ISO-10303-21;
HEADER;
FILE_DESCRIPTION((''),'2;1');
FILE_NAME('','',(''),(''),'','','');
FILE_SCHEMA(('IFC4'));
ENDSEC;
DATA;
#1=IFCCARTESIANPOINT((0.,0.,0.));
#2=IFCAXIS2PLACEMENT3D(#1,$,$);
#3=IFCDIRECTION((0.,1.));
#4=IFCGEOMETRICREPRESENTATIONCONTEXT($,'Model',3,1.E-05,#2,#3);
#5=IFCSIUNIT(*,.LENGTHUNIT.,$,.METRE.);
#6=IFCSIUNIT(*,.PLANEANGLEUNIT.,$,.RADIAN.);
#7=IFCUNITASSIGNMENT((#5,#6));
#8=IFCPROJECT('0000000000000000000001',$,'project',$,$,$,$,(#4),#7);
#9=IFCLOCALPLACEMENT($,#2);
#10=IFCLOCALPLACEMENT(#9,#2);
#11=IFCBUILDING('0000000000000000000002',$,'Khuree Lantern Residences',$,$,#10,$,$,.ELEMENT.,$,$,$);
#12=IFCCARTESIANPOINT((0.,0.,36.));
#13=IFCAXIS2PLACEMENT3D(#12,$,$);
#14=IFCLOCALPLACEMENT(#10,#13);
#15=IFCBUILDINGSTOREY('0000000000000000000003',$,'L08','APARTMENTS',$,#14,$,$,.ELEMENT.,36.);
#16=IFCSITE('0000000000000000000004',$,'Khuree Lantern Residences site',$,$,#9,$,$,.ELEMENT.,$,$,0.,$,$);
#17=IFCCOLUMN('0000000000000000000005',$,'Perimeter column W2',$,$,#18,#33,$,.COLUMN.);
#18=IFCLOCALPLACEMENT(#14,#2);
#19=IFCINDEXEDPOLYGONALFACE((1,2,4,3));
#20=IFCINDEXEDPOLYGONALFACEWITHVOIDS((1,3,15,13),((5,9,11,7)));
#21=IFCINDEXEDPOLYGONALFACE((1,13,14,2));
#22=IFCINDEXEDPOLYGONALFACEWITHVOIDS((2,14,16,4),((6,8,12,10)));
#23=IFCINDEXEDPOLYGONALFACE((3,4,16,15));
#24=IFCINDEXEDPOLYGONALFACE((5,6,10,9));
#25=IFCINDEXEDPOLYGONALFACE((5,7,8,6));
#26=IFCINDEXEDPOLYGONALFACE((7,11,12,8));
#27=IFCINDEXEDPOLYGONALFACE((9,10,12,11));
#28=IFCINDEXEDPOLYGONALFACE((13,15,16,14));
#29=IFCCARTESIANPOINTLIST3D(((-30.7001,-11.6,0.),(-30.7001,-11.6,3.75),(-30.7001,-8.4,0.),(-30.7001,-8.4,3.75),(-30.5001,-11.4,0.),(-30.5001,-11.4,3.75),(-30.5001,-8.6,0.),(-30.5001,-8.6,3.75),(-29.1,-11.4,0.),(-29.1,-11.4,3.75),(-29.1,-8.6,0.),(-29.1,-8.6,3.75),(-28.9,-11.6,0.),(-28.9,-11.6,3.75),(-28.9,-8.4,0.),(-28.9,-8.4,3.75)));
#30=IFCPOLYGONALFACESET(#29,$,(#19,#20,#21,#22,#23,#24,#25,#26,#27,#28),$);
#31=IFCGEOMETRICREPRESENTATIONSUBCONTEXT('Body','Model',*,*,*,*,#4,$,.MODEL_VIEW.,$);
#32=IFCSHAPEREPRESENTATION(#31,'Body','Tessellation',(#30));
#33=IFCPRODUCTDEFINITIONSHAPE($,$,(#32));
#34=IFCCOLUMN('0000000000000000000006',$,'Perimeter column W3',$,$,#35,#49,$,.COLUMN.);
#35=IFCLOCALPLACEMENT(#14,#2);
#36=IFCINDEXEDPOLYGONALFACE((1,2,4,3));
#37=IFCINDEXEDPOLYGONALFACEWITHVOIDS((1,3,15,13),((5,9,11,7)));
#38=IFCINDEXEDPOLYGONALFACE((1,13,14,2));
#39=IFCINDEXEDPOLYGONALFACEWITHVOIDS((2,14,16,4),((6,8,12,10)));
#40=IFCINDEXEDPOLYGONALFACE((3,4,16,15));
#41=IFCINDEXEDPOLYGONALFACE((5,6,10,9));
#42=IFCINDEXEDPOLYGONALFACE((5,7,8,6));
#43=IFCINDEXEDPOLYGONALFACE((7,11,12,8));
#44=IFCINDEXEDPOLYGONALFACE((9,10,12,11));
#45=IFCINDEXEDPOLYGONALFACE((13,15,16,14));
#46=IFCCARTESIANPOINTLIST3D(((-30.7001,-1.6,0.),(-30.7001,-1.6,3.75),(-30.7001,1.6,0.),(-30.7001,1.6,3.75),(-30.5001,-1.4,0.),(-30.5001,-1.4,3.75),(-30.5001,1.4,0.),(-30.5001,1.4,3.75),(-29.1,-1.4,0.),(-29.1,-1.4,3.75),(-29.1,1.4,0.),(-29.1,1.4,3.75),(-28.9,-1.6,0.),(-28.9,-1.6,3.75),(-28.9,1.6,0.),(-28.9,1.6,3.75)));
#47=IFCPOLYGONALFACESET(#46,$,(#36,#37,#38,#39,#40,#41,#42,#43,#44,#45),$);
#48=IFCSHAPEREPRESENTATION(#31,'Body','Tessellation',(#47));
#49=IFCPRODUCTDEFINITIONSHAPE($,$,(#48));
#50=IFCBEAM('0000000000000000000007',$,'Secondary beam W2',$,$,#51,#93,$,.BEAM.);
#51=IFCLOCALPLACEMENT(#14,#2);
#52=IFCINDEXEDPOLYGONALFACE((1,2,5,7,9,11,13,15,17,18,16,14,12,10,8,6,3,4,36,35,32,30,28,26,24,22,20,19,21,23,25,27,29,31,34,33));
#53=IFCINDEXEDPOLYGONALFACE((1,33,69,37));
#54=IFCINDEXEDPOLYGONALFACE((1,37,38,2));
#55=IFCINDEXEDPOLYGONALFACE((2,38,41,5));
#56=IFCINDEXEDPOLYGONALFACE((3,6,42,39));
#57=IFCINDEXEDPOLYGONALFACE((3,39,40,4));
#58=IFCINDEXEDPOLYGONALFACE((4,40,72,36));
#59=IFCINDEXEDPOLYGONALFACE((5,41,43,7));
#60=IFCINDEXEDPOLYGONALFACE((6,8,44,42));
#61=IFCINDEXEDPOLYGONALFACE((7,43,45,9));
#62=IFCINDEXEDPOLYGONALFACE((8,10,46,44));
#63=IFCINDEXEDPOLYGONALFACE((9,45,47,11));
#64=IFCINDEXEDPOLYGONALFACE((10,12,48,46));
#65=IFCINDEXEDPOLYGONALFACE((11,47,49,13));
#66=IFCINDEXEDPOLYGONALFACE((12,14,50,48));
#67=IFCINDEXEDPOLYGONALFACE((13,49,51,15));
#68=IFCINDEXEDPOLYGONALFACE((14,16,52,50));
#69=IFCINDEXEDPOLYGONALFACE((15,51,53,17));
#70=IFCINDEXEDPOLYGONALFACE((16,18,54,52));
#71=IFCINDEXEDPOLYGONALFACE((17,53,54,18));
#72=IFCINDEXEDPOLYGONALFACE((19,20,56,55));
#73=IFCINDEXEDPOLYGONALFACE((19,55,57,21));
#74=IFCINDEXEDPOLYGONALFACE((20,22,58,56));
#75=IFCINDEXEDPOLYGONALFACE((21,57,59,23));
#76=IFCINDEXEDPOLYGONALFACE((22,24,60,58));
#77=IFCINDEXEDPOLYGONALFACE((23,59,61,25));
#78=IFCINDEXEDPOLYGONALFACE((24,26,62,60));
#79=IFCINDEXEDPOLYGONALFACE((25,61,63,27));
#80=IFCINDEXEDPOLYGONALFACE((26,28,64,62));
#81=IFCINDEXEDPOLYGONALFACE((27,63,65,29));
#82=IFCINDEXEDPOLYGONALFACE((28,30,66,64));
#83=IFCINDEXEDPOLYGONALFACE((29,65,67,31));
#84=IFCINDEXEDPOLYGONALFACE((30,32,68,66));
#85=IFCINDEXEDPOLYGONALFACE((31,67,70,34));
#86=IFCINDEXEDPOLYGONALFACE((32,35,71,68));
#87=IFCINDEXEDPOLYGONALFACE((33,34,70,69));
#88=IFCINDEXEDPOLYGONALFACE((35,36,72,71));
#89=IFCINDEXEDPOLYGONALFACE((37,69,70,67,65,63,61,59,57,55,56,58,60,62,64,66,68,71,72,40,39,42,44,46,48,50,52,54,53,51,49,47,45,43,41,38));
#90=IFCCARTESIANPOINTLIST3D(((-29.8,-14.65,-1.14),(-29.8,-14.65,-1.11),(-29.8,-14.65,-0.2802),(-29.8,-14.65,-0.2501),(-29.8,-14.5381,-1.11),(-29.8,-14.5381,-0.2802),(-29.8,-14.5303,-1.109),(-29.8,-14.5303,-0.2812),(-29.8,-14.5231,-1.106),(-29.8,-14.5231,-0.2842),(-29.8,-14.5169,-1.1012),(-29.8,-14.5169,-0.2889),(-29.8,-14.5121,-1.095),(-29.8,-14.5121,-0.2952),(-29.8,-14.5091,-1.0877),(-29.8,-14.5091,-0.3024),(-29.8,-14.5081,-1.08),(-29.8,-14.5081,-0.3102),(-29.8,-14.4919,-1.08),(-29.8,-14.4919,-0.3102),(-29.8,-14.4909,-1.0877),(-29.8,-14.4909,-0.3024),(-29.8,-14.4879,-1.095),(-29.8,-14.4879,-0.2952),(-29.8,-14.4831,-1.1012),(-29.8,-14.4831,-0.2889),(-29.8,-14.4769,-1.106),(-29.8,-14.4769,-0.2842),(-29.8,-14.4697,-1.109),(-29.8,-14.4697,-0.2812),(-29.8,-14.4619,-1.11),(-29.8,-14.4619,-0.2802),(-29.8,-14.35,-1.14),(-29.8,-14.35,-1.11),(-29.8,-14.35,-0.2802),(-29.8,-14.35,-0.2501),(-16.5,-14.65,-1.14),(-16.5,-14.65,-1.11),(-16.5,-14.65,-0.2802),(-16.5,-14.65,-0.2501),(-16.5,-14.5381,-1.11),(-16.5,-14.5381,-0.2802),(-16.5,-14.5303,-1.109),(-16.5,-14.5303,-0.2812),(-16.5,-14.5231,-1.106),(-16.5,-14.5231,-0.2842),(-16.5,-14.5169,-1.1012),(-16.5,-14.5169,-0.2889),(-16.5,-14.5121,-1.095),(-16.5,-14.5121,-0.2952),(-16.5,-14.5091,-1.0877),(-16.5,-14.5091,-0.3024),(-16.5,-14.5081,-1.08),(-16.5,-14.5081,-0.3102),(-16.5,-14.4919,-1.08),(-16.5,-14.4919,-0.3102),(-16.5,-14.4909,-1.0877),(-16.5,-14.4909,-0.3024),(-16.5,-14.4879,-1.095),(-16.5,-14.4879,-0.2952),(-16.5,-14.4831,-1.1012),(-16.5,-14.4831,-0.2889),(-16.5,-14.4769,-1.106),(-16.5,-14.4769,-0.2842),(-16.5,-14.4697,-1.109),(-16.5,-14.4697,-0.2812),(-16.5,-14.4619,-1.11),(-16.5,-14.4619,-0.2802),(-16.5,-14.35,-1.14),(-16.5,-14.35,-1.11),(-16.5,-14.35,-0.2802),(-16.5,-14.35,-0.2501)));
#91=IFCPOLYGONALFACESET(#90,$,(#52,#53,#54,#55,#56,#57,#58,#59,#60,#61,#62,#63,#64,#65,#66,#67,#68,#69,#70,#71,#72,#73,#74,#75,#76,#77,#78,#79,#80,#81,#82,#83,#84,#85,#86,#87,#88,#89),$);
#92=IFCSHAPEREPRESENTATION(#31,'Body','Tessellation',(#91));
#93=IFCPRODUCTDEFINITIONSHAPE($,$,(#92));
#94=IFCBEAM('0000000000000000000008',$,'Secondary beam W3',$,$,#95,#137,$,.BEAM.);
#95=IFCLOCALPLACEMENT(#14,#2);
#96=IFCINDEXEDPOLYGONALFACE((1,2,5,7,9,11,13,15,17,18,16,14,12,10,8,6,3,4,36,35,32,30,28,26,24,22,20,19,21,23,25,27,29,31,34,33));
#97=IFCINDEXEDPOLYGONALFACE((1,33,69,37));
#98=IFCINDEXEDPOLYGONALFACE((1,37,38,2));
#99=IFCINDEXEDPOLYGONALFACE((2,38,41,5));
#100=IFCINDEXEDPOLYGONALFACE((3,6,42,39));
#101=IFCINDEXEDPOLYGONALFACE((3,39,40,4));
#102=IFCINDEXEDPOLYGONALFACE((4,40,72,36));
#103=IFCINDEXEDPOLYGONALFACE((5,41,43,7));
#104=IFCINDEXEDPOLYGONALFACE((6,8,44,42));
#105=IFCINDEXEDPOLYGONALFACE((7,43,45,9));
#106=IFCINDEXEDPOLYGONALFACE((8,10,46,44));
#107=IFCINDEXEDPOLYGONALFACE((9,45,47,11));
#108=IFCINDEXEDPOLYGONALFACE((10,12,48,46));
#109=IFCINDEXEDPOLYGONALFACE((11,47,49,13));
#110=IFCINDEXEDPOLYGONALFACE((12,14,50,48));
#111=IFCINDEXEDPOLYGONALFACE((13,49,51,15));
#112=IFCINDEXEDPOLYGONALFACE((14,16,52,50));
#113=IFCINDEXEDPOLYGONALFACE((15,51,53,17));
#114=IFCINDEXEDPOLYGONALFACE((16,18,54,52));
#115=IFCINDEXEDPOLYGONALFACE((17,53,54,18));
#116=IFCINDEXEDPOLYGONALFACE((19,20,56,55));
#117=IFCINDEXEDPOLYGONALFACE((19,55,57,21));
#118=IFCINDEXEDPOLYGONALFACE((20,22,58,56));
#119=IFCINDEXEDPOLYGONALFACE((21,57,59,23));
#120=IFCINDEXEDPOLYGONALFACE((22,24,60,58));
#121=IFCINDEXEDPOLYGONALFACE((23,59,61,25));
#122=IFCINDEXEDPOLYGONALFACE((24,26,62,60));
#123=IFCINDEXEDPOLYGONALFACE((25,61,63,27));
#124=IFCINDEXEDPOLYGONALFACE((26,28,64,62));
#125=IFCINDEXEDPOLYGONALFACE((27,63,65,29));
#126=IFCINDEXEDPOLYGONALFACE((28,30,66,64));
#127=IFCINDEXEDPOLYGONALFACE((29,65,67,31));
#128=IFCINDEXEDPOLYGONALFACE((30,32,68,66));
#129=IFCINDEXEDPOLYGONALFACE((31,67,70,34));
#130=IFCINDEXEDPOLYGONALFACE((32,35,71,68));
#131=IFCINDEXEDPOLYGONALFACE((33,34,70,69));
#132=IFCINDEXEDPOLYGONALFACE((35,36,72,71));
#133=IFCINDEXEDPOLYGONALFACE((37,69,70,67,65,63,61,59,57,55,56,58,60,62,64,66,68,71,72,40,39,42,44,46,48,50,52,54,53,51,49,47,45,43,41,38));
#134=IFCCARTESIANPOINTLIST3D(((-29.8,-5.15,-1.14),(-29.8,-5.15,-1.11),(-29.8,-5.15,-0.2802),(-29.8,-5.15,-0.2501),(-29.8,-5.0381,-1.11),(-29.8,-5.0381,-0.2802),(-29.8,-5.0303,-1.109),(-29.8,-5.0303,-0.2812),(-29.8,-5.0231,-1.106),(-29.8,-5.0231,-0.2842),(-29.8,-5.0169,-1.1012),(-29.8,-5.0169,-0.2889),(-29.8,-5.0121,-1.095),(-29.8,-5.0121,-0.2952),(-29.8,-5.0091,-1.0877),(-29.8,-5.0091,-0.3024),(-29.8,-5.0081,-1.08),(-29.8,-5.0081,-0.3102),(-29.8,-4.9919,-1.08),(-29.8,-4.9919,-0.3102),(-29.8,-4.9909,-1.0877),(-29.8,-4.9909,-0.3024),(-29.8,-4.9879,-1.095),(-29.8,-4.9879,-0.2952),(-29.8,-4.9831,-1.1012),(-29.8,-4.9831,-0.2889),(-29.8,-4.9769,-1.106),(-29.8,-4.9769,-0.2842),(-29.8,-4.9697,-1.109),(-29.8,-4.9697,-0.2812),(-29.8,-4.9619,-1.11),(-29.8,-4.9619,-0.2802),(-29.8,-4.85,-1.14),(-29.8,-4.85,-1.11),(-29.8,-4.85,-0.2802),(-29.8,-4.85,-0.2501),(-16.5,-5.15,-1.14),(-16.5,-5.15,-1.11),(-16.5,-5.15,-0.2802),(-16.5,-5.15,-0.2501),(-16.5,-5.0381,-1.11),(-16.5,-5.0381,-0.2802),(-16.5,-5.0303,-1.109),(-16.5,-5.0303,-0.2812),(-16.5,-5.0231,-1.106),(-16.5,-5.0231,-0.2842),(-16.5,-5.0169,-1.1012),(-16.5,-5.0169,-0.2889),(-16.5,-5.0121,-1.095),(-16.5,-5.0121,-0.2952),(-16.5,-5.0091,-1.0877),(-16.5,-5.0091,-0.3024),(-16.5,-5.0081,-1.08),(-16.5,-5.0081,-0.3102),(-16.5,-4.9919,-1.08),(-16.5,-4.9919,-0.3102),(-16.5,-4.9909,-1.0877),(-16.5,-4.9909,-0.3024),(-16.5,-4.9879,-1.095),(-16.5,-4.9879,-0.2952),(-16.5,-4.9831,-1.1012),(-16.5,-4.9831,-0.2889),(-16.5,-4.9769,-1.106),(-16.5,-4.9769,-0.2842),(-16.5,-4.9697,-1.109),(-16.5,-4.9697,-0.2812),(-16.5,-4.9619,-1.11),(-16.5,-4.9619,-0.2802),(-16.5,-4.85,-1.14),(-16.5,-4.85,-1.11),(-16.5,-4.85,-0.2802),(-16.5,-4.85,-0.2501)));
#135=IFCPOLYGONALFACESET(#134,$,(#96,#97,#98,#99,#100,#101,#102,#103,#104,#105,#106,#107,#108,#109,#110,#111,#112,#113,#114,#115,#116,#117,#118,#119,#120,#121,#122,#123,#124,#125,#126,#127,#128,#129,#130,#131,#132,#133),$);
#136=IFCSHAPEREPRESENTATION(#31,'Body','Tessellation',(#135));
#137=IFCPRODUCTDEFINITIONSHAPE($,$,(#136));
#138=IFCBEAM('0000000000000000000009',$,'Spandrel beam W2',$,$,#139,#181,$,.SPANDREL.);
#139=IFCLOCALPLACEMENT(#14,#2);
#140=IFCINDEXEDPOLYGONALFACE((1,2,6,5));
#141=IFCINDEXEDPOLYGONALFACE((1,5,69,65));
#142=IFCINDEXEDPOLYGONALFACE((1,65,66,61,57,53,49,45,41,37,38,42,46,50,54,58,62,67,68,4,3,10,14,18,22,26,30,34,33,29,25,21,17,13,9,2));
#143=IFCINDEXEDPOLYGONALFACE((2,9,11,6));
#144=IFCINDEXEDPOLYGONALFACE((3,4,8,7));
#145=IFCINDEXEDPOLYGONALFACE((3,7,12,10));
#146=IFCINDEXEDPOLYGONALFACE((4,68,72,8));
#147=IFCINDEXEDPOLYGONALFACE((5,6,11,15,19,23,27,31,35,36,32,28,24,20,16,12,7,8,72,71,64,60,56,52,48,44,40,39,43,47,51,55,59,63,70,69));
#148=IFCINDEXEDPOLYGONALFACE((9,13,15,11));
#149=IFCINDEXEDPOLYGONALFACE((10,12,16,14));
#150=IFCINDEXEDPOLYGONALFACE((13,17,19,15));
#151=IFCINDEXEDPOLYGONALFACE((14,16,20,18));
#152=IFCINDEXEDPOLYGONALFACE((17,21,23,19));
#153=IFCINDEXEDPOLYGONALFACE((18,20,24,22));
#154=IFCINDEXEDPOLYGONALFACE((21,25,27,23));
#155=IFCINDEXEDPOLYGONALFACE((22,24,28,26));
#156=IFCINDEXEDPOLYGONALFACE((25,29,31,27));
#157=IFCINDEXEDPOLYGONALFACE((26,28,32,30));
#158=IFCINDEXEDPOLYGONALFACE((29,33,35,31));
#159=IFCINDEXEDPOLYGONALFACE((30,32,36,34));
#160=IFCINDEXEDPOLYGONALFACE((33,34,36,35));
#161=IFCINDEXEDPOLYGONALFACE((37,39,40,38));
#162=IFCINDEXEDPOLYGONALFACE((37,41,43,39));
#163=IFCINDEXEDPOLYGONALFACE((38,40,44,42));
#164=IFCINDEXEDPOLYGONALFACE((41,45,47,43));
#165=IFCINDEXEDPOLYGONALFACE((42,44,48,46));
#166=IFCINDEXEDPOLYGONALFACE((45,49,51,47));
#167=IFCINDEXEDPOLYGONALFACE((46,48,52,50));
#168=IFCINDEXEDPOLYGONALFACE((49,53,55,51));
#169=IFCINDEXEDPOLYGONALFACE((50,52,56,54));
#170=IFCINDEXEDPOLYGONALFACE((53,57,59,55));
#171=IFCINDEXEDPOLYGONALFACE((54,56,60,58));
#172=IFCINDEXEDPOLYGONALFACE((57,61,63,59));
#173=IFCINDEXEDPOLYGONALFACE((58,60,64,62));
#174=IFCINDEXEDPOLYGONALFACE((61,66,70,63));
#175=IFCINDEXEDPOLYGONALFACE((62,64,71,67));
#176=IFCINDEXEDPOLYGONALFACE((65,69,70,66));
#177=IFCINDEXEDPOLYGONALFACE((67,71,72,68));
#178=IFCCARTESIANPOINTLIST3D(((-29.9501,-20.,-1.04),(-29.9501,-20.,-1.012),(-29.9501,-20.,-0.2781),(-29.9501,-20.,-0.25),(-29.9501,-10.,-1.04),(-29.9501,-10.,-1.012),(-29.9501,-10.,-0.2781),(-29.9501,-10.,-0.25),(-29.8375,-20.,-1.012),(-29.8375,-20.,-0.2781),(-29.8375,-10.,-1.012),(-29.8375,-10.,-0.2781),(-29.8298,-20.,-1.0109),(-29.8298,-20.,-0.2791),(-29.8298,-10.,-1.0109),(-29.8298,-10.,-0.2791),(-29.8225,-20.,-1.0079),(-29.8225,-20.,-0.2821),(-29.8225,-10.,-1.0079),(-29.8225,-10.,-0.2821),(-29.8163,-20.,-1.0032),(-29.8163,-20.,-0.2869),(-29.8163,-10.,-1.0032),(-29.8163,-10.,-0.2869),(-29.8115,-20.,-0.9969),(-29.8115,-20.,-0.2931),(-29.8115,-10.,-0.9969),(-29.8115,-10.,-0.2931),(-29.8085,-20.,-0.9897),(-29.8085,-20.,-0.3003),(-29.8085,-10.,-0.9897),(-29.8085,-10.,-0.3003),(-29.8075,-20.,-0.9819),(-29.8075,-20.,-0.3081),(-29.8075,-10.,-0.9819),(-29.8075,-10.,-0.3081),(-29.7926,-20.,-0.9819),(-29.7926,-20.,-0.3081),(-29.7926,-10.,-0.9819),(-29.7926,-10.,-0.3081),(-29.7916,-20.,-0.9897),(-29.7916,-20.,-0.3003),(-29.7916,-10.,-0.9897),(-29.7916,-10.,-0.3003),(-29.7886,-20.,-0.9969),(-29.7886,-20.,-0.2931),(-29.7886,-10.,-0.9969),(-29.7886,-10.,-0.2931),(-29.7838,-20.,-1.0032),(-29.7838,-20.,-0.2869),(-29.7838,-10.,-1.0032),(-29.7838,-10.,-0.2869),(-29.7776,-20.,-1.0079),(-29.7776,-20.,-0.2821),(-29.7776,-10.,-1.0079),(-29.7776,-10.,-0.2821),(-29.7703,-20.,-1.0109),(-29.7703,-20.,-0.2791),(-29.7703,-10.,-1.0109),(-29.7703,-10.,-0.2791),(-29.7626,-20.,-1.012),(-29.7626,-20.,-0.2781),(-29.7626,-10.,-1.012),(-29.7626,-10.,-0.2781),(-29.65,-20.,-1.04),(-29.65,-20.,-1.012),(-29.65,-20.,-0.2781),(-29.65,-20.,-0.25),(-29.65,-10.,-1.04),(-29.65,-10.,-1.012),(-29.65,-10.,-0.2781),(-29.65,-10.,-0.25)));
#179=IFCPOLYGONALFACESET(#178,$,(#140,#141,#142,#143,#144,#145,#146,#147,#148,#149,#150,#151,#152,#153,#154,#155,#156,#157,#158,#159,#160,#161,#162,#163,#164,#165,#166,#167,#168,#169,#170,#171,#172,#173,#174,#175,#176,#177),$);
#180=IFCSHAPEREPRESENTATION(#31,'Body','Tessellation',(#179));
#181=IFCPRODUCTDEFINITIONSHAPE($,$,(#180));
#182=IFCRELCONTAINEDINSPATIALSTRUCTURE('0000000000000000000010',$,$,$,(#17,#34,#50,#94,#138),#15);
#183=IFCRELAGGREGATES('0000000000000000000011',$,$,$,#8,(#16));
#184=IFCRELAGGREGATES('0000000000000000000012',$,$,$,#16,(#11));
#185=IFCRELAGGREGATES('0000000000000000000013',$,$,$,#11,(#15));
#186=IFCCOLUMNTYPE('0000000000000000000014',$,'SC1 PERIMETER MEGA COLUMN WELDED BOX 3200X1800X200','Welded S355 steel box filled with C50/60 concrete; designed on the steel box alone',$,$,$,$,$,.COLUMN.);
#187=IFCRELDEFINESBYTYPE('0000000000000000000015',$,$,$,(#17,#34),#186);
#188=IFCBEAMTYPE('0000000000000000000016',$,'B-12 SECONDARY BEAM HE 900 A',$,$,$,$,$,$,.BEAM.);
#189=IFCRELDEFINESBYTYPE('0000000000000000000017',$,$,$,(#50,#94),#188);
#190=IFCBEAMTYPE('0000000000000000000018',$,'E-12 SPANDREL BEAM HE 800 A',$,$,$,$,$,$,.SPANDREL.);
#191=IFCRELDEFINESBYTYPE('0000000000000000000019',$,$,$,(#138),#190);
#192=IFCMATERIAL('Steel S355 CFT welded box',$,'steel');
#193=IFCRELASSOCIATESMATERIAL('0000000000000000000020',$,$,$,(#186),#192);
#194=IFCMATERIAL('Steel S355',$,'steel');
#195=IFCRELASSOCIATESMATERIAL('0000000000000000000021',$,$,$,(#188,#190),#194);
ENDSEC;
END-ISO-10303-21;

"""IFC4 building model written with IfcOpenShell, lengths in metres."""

from ifc_helpers import new_model, si_unit, direction, frame, origin, origin_2d, place, context, subcontext, project, spatial, hollow_rectangle, i_section, extrude, material, material_profile, profile_set, type_object, element, save


model = new_model("IFC4")

# Units and contexts
model_context = context("Model", 3, precision=1e-05, world=origin(), true_north=direction((0.0, 1.0)))
body_context = subcontext(model_context, "Body", "Model", "MODEL_VIEW")
ifc_project = project(units=[si_unit("LENGTHUNIT", "METRE"), si_unit("PLANEANGLEUNIT", "RADIAN")], contexts=[model_context])

# Site, building, storey
site_placement = place(None, origin())
site = spatial("IfcSite", under=ifc_project, at=site_placement, Name="Khuree Lantern Residences site", CompositionType="ELEMENT", RefElevation=0.0)
building_placement = place(site_placement, origin())
building = spatial("IfcBuilding", under=site, at=building_placement, Name="Khuree Lantern Residences", CompositionType="ELEMENT")
storey_placement = place(building_placement, frame((0.0, 0.0, 36.0)))
storey = spatial("IfcBuildingStorey", under=building, at=storey_placement, Name="L08", Description="APARTMENTS", CompositionType="ELEMENT", Elevation=36.0)

# Columns
ifc_material_1 = material(Name="Steel S355 CFT welded box", Category="steel")
ifc_material_profile_1 = material_profile(ifc_material_1, hollow_rectangle(XDim=3.2, YDim=1.8, WallThickness=0.2, at=origin_2d()), Name="WELDED BOX 3200X1800X200")
ifc_profile_set_1 = profile_set([ifc_material_profile_1], Name="Steel S355 CFT welded box")
column_type = type_object("IfcColumnType", Name="SC1 PERIMETER MEGA COLUMN WELDED BOX 3200X1800X200", Description="Welded S355 steel box filled with C50/60 concrete; designed on the steel box alone", PredefinedType="COLUMN", material=ifc_profile_set_1)
for number, where, z_axis, x_axis, name in (
    (1, (-29.8, -10.0, 0.0), (0.0, 0.0, 1.0), (0.0, 1.0, 0.0), "Perimeter column W2"),
    (2, (-29.8, 0.0, 0.0), (0.0, 0.0, 1.0), (0.0, 1.0, 0.0), "Perimeter column W3"),
):
    element("IfcColumn", number, at=place(storey_placement, frame(where, z_axis=z_axis, x_axis=x_axis)), inside=storey, type_object=column_type, Name=name, PredefinedType="COLUMN", context=body_context, shape_type="SweptSolid", body=[
        extrude(hollow_rectangle(XDim=3.2, YDim=1.8, WallThickness=0.2, at=origin_2d()), origin(), (0.0, 0.0, 1.0), 3.75),
    ])

# Beams
ifc_material_2 = material(Name="Steel S355", Category="steel")
ifc_material_profile_2 = material_profile(ifc_material_2, i_section(OverallWidth=0.3, OverallDepth=0.8899, WebThickness=0.0161, FlangeThickness=0.03, FilletRadius=0.03, at=origin_2d()), Name="HE 900 A")
ifc_profile_set_2 = profile_set([ifc_material_profile_2], Name="Steel S355")
beam_type_1 = type_object("IfcBeamType", Name="B-12 SECONDARY BEAM HE 900 A", PredefinedType="BEAM", material=ifc_profile_set_2)
for number, where, z_axis, x_axis, name in (
    (3, (-29.8, -14.5, -0.6951), (1.0, 0.0, 0.0), (0.0, 1.0, 0.0), "Secondary beam W2"),
    (4, (-29.8, -5.0, -0.6951), (1.0, 0.0, 0.0), (0.0, 1.0, 0.0), "Secondary beam W3"),
):
    element("IfcBeam", number, at=place(storey_placement, frame(where, z_axis=z_axis, x_axis=x_axis)), inside=storey, type_object=beam_type_1, Name=name, PredefinedType="BEAM", context=body_context, shape_type="SweptSolid", body=[
        extrude(i_section(OverallWidth=0.3, OverallDepth=0.8899, WebThickness=0.0161, FlangeThickness=0.03, FilletRadius=0.03, at=origin_2d()), origin(), (0.0, 0.0, 1.0), 13.3),
    ])
ifc_material_profile_3 = material_profile(ifc_material_2, i_section(OverallWidth=0.3, OverallDepth=0.79, WebThickness=0.0149, FlangeThickness=0.0281, FilletRadius=0.03, at=origin_2d()), Name="HE 800 A")
ifc_profile_set_3 = profile_set([ifc_material_profile_3], Name="Steel S355")
beam_type_2 = type_object("IfcBeamType", Name="E-12 SPANDREL BEAM HE 800 A", PredefinedType="SPANDREL", material=ifc_profile_set_3)
for number, where, z_axis, x_axis, name in (
    (5, (-29.8, -20.0, -0.645), (0.0, 1.0, 0.0), (-1.0, 0.0, 0.0), "Spandrel beam W2"),
):
    element("IfcBeam", number, at=place(storey_placement, frame(where, z_axis=z_axis, x_axis=x_axis)), inside=storey, type_object=beam_type_2, Name=name, PredefinedType="SPANDREL", context=body_context, shape_type="SweptSolid", body=[
        extrude(i_section(OverallWidth=0.3, OverallDepth=0.79, WebThickness=0.0149, FlangeThickness=0.0281, FilletRadius=0.03, at=origin_2d()), origin(), (0.0, 0.0, 1.0), 10.0),
    ])

save(model, "model.ifc")
